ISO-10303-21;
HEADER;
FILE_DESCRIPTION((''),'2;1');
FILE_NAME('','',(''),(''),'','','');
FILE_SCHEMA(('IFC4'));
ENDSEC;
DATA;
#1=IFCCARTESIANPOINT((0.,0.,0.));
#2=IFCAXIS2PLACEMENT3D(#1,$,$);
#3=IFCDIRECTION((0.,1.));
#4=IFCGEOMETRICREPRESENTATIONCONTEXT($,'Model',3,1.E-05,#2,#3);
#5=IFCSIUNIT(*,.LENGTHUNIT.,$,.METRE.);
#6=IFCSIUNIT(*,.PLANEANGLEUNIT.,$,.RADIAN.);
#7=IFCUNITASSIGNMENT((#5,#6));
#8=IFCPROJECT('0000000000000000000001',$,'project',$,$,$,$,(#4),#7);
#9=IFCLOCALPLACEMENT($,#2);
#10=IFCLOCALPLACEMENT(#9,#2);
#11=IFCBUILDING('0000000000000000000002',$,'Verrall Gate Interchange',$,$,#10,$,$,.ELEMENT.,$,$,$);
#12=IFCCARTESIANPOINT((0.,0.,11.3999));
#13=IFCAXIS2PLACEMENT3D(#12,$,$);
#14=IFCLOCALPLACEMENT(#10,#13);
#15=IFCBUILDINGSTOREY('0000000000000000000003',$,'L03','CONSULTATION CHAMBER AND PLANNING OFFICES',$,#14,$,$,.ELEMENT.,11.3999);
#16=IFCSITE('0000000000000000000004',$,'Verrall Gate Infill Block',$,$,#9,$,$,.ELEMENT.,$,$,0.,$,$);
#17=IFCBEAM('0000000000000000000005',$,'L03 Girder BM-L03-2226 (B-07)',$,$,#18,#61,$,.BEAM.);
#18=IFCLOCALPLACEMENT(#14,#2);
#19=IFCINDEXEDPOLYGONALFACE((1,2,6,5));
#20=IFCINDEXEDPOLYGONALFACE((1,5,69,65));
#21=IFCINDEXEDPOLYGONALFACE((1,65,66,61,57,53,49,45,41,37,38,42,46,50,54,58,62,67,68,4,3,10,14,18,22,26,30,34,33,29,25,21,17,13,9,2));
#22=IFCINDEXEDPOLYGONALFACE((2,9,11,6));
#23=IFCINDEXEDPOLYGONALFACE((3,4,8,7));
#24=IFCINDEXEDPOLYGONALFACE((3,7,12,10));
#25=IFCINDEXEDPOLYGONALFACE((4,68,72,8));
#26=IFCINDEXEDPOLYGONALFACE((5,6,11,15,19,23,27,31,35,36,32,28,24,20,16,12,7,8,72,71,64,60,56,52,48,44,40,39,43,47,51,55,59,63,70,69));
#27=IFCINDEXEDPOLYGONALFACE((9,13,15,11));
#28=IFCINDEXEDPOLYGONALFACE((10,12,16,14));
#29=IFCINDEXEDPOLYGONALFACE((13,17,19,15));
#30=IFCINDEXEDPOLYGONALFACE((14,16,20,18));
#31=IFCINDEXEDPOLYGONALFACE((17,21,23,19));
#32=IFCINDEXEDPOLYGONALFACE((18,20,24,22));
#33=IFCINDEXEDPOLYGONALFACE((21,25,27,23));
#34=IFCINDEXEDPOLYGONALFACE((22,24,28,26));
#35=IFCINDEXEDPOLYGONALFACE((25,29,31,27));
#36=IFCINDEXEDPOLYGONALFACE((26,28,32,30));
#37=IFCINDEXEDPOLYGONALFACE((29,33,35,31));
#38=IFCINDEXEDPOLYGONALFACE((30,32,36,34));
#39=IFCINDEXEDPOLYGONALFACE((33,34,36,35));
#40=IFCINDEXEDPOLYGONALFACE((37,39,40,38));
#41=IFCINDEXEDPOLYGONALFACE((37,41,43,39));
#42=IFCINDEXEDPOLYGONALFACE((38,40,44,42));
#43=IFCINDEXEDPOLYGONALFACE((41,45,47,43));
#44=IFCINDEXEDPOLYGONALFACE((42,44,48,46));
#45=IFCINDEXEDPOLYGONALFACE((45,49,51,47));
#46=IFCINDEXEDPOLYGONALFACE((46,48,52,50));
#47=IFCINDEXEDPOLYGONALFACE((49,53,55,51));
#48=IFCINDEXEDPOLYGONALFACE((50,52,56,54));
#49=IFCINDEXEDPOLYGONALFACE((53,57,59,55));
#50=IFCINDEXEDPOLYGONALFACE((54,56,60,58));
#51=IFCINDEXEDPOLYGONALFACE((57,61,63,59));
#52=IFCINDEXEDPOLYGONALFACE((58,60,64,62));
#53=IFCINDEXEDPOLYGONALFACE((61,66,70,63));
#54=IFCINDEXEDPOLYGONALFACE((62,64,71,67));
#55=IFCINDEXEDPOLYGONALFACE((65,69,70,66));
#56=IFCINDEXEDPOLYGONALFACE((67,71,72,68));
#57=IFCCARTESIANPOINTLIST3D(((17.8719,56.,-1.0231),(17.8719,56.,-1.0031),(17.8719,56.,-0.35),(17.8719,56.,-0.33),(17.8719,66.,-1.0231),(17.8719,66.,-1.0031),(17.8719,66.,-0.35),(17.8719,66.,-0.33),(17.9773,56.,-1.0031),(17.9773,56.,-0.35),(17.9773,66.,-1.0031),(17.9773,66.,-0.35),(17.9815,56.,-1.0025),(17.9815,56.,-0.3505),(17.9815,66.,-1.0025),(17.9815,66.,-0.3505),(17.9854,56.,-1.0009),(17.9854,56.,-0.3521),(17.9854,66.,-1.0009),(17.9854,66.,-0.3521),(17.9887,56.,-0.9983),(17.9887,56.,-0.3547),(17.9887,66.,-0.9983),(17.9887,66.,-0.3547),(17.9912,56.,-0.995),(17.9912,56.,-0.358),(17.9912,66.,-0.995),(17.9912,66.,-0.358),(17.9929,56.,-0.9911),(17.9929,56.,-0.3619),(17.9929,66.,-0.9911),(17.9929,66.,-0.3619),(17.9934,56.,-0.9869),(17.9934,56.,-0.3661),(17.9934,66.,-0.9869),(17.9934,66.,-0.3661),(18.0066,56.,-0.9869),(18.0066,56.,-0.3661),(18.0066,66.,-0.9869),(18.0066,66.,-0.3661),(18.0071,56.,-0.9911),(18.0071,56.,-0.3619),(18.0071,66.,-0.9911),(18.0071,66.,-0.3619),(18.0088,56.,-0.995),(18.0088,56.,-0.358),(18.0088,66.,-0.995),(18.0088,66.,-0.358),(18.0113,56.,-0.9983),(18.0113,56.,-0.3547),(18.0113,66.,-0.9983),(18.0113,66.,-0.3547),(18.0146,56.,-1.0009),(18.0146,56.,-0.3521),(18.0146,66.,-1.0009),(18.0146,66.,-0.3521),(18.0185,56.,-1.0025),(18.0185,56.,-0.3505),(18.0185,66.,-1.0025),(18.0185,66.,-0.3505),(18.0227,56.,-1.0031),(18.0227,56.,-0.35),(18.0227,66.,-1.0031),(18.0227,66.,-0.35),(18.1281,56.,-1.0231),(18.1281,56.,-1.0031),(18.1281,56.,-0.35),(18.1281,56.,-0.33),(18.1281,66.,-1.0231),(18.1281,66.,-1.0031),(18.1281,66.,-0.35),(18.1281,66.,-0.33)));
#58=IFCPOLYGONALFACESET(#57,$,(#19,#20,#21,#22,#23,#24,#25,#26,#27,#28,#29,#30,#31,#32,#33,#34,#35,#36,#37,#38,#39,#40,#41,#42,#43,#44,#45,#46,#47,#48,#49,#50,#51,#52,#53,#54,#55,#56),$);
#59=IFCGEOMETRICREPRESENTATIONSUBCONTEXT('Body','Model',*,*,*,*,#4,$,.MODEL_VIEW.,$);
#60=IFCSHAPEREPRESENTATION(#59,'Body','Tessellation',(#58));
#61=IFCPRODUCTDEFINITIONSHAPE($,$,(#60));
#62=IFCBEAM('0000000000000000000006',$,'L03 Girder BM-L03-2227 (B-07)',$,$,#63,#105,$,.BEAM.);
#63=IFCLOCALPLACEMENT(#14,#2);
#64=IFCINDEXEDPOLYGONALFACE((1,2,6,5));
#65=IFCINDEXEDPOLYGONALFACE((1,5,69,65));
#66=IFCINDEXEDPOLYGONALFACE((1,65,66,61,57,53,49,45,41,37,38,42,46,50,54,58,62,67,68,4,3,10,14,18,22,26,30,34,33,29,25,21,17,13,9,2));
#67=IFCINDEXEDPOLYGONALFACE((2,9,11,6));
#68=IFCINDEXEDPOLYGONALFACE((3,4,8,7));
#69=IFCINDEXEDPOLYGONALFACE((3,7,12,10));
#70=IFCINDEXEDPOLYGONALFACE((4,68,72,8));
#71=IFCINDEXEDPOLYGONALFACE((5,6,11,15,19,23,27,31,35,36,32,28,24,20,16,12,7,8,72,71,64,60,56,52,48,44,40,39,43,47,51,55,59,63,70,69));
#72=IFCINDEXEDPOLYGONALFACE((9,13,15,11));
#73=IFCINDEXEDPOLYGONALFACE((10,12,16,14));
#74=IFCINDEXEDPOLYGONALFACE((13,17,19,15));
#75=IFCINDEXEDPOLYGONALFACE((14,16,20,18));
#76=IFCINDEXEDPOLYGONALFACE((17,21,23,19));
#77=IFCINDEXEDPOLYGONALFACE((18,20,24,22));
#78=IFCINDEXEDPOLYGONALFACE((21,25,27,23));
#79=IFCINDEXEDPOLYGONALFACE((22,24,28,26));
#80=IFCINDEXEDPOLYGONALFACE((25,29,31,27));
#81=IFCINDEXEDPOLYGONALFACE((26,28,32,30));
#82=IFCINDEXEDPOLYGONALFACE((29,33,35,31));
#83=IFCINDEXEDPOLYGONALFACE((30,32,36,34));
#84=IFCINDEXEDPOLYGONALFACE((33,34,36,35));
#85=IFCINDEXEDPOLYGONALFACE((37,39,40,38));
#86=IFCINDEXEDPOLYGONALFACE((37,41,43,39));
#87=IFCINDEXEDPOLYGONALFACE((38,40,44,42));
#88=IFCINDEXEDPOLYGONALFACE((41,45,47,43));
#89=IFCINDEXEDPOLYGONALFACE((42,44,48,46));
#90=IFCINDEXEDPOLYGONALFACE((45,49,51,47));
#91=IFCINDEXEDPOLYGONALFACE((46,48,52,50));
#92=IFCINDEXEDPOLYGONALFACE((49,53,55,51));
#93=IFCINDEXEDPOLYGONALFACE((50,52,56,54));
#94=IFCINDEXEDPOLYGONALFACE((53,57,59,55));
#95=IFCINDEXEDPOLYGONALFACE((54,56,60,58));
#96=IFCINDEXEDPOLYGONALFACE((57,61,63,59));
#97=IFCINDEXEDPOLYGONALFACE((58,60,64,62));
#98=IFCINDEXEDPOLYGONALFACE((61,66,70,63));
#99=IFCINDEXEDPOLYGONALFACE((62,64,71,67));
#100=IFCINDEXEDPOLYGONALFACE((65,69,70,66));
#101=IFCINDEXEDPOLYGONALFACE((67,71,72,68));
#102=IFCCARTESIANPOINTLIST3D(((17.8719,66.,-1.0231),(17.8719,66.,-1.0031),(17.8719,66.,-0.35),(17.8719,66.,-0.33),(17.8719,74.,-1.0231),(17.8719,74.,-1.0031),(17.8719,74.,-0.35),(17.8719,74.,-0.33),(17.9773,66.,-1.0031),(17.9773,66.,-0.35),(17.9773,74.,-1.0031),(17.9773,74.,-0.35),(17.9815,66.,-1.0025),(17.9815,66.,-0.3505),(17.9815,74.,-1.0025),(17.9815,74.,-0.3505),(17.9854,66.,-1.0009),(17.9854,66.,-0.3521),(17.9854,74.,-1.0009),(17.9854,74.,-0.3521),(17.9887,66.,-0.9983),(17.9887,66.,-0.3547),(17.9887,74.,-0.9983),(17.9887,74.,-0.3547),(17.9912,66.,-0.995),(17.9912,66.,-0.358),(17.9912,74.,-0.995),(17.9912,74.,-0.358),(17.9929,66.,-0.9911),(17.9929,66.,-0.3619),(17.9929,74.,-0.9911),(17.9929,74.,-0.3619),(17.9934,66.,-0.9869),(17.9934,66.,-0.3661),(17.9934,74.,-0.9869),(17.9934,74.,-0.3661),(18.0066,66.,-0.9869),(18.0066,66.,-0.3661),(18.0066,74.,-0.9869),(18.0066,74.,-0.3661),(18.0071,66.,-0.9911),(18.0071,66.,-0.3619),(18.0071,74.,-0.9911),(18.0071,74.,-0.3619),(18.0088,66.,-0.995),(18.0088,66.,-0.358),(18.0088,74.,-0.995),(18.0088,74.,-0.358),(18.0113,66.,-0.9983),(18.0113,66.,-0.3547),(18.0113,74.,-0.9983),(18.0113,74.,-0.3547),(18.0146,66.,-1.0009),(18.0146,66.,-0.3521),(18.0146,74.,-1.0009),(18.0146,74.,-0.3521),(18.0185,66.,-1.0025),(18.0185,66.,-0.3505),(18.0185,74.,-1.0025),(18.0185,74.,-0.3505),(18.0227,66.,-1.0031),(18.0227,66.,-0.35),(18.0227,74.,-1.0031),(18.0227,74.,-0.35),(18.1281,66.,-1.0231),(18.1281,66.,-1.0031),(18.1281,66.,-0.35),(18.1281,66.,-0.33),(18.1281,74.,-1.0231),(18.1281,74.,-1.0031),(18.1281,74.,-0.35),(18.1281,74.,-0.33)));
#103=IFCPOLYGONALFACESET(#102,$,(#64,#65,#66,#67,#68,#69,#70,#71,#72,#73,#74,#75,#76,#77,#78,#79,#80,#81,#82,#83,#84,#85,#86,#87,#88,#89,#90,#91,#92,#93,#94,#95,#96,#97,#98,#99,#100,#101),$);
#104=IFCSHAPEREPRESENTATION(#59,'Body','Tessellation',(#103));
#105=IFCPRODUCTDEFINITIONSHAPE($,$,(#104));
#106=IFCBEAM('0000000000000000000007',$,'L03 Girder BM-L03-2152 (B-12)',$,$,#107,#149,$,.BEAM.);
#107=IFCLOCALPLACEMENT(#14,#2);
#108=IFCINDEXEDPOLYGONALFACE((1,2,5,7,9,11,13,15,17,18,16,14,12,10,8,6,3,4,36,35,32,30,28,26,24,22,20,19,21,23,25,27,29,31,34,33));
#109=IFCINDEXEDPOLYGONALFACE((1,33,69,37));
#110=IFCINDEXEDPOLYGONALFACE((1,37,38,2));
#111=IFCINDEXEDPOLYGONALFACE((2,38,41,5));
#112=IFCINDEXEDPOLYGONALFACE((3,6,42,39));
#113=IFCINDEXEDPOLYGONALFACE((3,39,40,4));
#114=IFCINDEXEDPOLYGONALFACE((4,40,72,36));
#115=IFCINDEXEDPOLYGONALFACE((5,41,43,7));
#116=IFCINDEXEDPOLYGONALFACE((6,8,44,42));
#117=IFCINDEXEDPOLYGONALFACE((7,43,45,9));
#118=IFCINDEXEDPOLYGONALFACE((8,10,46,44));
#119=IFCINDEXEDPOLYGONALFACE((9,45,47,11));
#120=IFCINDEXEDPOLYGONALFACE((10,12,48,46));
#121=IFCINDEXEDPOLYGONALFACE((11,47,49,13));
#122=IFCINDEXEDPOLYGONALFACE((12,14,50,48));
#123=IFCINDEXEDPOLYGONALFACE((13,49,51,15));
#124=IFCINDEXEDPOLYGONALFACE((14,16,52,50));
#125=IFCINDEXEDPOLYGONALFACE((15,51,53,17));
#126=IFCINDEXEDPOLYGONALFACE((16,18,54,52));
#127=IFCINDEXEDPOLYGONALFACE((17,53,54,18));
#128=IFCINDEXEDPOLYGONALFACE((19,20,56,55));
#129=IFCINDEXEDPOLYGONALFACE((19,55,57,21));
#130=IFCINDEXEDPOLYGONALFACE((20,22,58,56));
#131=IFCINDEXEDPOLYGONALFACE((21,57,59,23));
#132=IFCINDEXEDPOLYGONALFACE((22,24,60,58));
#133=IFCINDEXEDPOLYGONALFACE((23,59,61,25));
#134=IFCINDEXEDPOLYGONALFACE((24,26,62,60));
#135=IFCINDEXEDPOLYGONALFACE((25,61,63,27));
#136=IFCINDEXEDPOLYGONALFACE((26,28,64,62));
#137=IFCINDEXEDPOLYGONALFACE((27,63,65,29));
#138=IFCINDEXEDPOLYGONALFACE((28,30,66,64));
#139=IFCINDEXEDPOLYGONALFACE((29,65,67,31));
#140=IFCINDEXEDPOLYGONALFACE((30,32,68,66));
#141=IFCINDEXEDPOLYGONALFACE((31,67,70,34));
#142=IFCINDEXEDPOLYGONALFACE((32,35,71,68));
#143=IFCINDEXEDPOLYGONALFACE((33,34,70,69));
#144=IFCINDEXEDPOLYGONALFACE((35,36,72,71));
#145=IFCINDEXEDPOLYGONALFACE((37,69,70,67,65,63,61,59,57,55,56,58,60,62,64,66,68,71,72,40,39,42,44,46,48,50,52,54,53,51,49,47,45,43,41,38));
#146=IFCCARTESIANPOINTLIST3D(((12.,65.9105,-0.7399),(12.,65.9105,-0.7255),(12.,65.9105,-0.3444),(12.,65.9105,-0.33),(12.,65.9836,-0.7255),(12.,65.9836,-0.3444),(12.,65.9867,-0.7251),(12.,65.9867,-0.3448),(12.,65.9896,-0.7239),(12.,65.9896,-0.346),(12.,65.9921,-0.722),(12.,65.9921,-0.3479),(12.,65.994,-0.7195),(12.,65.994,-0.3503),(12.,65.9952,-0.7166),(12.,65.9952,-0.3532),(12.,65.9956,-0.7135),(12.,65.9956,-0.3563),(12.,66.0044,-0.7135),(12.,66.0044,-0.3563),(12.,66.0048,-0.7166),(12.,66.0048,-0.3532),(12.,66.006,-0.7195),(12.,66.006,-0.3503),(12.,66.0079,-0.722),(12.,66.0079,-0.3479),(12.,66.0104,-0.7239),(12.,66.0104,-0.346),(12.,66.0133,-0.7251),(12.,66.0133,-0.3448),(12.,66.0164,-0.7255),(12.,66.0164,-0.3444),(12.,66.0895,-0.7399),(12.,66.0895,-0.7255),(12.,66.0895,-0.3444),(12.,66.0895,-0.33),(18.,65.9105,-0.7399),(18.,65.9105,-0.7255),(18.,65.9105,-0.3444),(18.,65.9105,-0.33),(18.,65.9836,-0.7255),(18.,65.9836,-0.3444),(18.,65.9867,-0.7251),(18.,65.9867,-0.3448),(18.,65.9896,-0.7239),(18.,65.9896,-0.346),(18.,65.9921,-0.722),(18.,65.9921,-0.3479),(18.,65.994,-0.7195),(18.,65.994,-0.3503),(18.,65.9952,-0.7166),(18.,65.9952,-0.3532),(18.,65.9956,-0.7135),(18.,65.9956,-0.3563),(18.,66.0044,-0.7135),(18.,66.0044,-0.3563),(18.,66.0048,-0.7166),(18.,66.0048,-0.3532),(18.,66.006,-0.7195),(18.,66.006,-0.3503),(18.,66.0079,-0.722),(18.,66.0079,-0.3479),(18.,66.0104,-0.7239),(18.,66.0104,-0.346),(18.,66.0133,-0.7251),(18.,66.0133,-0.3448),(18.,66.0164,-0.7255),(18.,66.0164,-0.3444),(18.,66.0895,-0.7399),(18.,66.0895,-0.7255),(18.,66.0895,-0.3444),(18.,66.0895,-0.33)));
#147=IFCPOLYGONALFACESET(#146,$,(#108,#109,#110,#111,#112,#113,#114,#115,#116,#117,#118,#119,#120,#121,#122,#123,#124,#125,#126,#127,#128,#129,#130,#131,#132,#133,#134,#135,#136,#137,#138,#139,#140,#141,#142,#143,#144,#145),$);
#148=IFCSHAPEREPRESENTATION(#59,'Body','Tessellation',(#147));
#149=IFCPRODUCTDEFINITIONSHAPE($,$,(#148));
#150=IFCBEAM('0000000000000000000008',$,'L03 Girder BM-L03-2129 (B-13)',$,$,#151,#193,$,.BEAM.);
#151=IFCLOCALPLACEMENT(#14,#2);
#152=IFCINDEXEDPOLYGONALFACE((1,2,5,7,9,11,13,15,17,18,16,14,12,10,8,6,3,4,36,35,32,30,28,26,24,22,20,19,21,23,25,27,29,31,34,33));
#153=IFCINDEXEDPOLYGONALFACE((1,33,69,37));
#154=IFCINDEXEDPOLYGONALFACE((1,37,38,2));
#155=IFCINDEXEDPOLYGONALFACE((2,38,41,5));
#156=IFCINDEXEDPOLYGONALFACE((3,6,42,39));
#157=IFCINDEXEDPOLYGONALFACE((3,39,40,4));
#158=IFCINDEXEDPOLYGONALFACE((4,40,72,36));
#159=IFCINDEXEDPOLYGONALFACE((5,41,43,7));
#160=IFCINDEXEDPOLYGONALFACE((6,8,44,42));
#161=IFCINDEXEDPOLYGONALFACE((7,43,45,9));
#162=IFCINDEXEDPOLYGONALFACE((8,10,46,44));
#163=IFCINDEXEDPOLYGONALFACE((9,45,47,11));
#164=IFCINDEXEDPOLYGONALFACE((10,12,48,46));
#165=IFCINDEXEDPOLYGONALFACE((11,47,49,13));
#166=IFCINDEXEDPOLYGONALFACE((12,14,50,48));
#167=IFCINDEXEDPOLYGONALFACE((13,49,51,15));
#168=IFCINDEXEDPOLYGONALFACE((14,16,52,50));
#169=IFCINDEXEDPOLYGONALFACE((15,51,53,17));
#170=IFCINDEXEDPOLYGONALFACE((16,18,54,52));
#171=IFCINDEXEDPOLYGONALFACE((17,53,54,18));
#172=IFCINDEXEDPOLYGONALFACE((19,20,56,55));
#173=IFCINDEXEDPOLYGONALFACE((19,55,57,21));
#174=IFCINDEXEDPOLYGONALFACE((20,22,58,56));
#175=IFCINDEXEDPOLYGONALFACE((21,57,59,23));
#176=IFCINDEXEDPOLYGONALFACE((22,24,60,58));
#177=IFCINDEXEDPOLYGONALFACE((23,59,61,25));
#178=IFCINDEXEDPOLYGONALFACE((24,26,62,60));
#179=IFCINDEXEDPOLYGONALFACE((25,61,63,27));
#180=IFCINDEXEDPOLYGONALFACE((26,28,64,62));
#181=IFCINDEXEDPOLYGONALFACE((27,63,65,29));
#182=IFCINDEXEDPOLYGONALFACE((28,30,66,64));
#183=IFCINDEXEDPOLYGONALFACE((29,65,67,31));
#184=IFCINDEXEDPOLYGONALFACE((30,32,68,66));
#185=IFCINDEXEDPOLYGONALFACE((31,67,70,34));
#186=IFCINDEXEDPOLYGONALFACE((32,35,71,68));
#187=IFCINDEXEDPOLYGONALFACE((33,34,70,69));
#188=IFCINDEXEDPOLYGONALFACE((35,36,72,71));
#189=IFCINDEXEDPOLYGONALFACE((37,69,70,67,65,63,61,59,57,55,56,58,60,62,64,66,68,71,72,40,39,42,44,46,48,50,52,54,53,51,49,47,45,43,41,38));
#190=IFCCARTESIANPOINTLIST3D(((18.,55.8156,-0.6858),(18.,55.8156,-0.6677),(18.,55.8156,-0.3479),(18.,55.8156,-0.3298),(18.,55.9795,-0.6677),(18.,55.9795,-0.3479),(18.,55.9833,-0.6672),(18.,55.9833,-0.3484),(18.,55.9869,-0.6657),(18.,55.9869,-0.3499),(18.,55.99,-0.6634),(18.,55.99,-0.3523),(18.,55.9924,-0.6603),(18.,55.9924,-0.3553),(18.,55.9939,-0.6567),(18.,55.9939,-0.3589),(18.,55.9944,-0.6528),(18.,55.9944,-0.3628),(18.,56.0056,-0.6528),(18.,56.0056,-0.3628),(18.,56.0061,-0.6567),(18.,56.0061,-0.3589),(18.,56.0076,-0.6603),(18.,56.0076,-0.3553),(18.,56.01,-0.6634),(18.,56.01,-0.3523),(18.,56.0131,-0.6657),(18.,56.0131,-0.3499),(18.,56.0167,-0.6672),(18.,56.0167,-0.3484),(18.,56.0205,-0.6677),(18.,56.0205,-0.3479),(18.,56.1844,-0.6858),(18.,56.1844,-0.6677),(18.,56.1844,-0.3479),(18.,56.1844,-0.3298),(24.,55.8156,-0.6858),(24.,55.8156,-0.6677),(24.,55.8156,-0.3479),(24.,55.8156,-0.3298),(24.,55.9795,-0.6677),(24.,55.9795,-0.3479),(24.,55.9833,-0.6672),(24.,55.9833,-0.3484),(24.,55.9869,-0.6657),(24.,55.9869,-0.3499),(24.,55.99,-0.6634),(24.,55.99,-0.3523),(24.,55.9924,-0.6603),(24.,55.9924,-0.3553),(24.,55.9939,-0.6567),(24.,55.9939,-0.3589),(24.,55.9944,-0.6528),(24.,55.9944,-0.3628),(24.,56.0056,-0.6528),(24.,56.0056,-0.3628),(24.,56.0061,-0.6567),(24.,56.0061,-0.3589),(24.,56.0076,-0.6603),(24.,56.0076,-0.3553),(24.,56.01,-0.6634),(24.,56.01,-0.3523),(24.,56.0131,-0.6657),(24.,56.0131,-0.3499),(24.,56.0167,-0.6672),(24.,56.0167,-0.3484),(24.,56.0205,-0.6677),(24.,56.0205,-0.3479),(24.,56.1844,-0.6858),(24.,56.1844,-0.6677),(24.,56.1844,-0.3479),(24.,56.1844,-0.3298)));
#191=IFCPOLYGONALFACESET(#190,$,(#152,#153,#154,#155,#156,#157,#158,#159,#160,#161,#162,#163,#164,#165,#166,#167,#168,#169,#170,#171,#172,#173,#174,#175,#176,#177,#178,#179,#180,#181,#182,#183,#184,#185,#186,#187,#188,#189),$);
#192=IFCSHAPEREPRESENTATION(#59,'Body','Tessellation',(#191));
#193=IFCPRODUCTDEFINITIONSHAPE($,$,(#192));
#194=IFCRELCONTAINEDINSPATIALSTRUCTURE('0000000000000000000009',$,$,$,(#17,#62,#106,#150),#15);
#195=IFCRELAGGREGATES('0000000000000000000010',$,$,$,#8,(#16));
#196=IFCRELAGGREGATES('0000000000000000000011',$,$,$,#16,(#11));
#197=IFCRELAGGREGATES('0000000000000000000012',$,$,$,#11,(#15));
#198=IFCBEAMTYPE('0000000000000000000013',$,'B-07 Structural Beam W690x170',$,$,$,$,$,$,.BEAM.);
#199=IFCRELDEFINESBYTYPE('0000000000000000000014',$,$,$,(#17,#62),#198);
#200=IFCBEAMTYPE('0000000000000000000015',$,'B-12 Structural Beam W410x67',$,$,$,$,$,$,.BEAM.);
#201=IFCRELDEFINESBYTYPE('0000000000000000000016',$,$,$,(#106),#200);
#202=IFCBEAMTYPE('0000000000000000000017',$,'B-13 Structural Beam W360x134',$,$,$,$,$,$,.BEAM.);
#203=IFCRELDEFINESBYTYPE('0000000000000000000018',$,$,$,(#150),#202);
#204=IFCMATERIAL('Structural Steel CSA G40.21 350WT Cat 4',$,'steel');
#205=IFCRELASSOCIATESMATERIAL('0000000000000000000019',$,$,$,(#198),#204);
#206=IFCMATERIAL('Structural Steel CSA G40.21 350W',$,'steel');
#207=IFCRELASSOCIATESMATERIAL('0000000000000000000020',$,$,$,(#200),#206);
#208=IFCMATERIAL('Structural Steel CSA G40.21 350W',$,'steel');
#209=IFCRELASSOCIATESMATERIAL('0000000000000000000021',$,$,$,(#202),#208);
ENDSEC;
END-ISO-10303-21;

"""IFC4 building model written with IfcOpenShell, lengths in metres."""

from ifc_helpers import new_model, si_unit, direction, frame, origin, origin_2d, place, context, subcontext, project, spatial, i_section, extrude, material, material_profile, profile_set, type_object, element, save


model = new_model("IFC4")

# Units and contexts
model_context = context("Model", 3, precision=1e-05, world=origin(), true_north=direction((0.0, 1.0)))
body_context = subcontext(model_context, "Body", "Model", "MODEL_VIEW")
ifc_project = project(units=[si_unit("LENGTHUNIT", "METRE"), si_unit("PLANEANGLEUNIT", "RADIAN")], contexts=[model_context])

# Site, building, storey
site_placement = place(None, origin())
site = spatial("IfcSite", under=ifc_project, at=site_placement, Name="Verrall Gate Infill Block", CompositionType="ELEMENT", RefElevation=0.0)
building_placement = place(site_placement, origin())
building = spatial("IfcBuilding", under=site, at=building_placement, Name="Verrall Gate Interchange", CompositionType="ELEMENT")
storey_placement = place(building_placement, frame((0.0, 0.0, 11.3999)))
storey = spatial("IfcBuildingStorey", under=building, at=storey_placement, Name="L03", Description="CONSULTATION CHAMBER AND PLANNING OFFICES", CompositionType="ELEMENT", Elevation=11.3999)

# Beams
ifc_material_1 = material(Name="Structural Steel CSA G40.21 350WT Cat 4", Category="steel")
ifc_material_profile_1 = material_profile(ifc_material_1, i_section(OverallWidth=0.2561, OverallDepth=0.6931, WebThickness=0.0132, FlangeThickness=0.02, FilletRadius=0.0161, at=origin_2d()), Name="W690x170")
ifc_profile_set_1 = profile_set([ifc_material_profile_1], Name="Structural Steel CSA G40.21 350WT Cat 4")
beam_type_1 = type_object("IfcBeamType", Name="B-07 Structural Beam W690x170", PredefinedType="BEAM", material=ifc_profile_set_1)
beam_1_placement = place(storey_placement, frame((18.0, 56.0, -0.6765), z_axis=(0.0, 1.0, 0.0), x_axis=(-1.0, 0.0, 0.0)))
element("IfcBeam", 1, at=beam_1_placement, inside=storey, type_object=beam_type_1, Name="L03 Girder BM-L03-2226 (B-07)", PredefinedType="BEAM", context=body_context, shape_type="SweptSolid", body=[
    extrude(i_section(OverallWidth=0.2561, OverallDepth=0.6931, WebThickness=0.0132, FlangeThickness=0.02, FilletRadius=0.0161, at=origin_2d()), origin(), (0.0, 0.0, 1.0), 10.0),
])
beam_2_placement = place(storey_placement, frame((18.0, 66.0, -0.6765), z_axis=(0.0, 1.0, 0.0), x_axis=(-1.0, 0.0, 0.0)))
element("IfcBeam", 2, at=beam_2_placement, inside=storey, type_object=beam_type_1, Name="L03 Girder BM-L03-2227 (B-07)", PredefinedType="BEAM", context=body_context, shape_type="SweptSolid", body=[
    extrude(i_section(OverallWidth=0.2561, OverallDepth=0.6931, WebThickness=0.0132, FlangeThickness=0.02, FilletRadius=0.0161, at=origin_2d()), origin(), (0.0, 0.0, 1.0), 8.0),
])
ifc_material_2 = material(Name="Structural Steel CSA G40.21 350W", Category="steel")
ifc_material_profile_2 = material_profile(ifc_material_2, i_section(OverallWidth=0.179, OverallDepth=0.4099, WebThickness=0.0088, FlangeThickness=0.0144, FilletRadius=0.012, at=origin_2d()), Name="W410x67")
ifc_profile_set_2 = profile_set([ifc_material_profile_2], Name="Structural Steel CSA G40.21 350W")
beam_type_2 = type_object("IfcBeamType", Name="B-12 Structural Beam W410x67", PredefinedType="BEAM", material=ifc_profile_set_2)
beam_3_placement = place(storey_placement, frame((12.0, 66.0, -0.5349), z_axis=(1.0, 0.0, 0.0), x_axis=(0.0, 1.0, 0.0)))
element("IfcBeam", 3, at=beam_3_placement, inside=storey, type_object=beam_type_2, Name="L03 Girder BM-L03-2152 (B-12)", PredefinedType="BEAM", context=body_context, shape_type="SweptSolid", body=[
    extrude(i_section(OverallWidth=0.179, OverallDepth=0.4099, WebThickness=0.0088, FlangeThickness=0.0144, FilletRadius=0.012, at=origin_2d()), origin(), (0.0, 0.0, 1.0), 6.0),
])
ifc_material_3 = material(Name="Structural Steel CSA G40.21 350W", Category="steel")
ifc_material_profile_3 = material_profile(ifc_material_3, i_section(OverallWidth=0.3689, OverallDepth=0.356, WebThickness=0.0112, FlangeThickness=0.0181, FilletRadius=0.0149, at=origin_2d()), Name="W360x134")
ifc_profile_set_3 = profile_set([ifc_material_profile_3], Name="Structural Steel CSA G40.21 350W")
beam_type_3 = type_object("IfcBeamType", Name="B-13 Structural Beam W360x134", PredefinedType="BEAM", material=ifc_profile_set_3)
beam_4_placement = place(storey_placement, frame((18.0, 56.0, -0.5078), z_axis=(1.0, 0.0, 0.0), x_axis=(0.0, 1.0, 0.0)))
element("IfcBeam", 4, at=beam_4_placement, inside=storey, type_object=beam_type_3, Name="L03 Girder BM-L03-2129 (B-13)", PredefinedType="BEAM", context=body_context, shape_type="SweptSolid", body=[
    extrude(i_section(OverallWidth=0.3689, OverallDepth=0.356, WebThickness=0.0112, FlangeThickness=0.0181, FilletRadius=0.0149, at=origin_2d()), origin(), (0.0, 0.0, 1.0), 6.0),
])

save(model, "model.ifc")
